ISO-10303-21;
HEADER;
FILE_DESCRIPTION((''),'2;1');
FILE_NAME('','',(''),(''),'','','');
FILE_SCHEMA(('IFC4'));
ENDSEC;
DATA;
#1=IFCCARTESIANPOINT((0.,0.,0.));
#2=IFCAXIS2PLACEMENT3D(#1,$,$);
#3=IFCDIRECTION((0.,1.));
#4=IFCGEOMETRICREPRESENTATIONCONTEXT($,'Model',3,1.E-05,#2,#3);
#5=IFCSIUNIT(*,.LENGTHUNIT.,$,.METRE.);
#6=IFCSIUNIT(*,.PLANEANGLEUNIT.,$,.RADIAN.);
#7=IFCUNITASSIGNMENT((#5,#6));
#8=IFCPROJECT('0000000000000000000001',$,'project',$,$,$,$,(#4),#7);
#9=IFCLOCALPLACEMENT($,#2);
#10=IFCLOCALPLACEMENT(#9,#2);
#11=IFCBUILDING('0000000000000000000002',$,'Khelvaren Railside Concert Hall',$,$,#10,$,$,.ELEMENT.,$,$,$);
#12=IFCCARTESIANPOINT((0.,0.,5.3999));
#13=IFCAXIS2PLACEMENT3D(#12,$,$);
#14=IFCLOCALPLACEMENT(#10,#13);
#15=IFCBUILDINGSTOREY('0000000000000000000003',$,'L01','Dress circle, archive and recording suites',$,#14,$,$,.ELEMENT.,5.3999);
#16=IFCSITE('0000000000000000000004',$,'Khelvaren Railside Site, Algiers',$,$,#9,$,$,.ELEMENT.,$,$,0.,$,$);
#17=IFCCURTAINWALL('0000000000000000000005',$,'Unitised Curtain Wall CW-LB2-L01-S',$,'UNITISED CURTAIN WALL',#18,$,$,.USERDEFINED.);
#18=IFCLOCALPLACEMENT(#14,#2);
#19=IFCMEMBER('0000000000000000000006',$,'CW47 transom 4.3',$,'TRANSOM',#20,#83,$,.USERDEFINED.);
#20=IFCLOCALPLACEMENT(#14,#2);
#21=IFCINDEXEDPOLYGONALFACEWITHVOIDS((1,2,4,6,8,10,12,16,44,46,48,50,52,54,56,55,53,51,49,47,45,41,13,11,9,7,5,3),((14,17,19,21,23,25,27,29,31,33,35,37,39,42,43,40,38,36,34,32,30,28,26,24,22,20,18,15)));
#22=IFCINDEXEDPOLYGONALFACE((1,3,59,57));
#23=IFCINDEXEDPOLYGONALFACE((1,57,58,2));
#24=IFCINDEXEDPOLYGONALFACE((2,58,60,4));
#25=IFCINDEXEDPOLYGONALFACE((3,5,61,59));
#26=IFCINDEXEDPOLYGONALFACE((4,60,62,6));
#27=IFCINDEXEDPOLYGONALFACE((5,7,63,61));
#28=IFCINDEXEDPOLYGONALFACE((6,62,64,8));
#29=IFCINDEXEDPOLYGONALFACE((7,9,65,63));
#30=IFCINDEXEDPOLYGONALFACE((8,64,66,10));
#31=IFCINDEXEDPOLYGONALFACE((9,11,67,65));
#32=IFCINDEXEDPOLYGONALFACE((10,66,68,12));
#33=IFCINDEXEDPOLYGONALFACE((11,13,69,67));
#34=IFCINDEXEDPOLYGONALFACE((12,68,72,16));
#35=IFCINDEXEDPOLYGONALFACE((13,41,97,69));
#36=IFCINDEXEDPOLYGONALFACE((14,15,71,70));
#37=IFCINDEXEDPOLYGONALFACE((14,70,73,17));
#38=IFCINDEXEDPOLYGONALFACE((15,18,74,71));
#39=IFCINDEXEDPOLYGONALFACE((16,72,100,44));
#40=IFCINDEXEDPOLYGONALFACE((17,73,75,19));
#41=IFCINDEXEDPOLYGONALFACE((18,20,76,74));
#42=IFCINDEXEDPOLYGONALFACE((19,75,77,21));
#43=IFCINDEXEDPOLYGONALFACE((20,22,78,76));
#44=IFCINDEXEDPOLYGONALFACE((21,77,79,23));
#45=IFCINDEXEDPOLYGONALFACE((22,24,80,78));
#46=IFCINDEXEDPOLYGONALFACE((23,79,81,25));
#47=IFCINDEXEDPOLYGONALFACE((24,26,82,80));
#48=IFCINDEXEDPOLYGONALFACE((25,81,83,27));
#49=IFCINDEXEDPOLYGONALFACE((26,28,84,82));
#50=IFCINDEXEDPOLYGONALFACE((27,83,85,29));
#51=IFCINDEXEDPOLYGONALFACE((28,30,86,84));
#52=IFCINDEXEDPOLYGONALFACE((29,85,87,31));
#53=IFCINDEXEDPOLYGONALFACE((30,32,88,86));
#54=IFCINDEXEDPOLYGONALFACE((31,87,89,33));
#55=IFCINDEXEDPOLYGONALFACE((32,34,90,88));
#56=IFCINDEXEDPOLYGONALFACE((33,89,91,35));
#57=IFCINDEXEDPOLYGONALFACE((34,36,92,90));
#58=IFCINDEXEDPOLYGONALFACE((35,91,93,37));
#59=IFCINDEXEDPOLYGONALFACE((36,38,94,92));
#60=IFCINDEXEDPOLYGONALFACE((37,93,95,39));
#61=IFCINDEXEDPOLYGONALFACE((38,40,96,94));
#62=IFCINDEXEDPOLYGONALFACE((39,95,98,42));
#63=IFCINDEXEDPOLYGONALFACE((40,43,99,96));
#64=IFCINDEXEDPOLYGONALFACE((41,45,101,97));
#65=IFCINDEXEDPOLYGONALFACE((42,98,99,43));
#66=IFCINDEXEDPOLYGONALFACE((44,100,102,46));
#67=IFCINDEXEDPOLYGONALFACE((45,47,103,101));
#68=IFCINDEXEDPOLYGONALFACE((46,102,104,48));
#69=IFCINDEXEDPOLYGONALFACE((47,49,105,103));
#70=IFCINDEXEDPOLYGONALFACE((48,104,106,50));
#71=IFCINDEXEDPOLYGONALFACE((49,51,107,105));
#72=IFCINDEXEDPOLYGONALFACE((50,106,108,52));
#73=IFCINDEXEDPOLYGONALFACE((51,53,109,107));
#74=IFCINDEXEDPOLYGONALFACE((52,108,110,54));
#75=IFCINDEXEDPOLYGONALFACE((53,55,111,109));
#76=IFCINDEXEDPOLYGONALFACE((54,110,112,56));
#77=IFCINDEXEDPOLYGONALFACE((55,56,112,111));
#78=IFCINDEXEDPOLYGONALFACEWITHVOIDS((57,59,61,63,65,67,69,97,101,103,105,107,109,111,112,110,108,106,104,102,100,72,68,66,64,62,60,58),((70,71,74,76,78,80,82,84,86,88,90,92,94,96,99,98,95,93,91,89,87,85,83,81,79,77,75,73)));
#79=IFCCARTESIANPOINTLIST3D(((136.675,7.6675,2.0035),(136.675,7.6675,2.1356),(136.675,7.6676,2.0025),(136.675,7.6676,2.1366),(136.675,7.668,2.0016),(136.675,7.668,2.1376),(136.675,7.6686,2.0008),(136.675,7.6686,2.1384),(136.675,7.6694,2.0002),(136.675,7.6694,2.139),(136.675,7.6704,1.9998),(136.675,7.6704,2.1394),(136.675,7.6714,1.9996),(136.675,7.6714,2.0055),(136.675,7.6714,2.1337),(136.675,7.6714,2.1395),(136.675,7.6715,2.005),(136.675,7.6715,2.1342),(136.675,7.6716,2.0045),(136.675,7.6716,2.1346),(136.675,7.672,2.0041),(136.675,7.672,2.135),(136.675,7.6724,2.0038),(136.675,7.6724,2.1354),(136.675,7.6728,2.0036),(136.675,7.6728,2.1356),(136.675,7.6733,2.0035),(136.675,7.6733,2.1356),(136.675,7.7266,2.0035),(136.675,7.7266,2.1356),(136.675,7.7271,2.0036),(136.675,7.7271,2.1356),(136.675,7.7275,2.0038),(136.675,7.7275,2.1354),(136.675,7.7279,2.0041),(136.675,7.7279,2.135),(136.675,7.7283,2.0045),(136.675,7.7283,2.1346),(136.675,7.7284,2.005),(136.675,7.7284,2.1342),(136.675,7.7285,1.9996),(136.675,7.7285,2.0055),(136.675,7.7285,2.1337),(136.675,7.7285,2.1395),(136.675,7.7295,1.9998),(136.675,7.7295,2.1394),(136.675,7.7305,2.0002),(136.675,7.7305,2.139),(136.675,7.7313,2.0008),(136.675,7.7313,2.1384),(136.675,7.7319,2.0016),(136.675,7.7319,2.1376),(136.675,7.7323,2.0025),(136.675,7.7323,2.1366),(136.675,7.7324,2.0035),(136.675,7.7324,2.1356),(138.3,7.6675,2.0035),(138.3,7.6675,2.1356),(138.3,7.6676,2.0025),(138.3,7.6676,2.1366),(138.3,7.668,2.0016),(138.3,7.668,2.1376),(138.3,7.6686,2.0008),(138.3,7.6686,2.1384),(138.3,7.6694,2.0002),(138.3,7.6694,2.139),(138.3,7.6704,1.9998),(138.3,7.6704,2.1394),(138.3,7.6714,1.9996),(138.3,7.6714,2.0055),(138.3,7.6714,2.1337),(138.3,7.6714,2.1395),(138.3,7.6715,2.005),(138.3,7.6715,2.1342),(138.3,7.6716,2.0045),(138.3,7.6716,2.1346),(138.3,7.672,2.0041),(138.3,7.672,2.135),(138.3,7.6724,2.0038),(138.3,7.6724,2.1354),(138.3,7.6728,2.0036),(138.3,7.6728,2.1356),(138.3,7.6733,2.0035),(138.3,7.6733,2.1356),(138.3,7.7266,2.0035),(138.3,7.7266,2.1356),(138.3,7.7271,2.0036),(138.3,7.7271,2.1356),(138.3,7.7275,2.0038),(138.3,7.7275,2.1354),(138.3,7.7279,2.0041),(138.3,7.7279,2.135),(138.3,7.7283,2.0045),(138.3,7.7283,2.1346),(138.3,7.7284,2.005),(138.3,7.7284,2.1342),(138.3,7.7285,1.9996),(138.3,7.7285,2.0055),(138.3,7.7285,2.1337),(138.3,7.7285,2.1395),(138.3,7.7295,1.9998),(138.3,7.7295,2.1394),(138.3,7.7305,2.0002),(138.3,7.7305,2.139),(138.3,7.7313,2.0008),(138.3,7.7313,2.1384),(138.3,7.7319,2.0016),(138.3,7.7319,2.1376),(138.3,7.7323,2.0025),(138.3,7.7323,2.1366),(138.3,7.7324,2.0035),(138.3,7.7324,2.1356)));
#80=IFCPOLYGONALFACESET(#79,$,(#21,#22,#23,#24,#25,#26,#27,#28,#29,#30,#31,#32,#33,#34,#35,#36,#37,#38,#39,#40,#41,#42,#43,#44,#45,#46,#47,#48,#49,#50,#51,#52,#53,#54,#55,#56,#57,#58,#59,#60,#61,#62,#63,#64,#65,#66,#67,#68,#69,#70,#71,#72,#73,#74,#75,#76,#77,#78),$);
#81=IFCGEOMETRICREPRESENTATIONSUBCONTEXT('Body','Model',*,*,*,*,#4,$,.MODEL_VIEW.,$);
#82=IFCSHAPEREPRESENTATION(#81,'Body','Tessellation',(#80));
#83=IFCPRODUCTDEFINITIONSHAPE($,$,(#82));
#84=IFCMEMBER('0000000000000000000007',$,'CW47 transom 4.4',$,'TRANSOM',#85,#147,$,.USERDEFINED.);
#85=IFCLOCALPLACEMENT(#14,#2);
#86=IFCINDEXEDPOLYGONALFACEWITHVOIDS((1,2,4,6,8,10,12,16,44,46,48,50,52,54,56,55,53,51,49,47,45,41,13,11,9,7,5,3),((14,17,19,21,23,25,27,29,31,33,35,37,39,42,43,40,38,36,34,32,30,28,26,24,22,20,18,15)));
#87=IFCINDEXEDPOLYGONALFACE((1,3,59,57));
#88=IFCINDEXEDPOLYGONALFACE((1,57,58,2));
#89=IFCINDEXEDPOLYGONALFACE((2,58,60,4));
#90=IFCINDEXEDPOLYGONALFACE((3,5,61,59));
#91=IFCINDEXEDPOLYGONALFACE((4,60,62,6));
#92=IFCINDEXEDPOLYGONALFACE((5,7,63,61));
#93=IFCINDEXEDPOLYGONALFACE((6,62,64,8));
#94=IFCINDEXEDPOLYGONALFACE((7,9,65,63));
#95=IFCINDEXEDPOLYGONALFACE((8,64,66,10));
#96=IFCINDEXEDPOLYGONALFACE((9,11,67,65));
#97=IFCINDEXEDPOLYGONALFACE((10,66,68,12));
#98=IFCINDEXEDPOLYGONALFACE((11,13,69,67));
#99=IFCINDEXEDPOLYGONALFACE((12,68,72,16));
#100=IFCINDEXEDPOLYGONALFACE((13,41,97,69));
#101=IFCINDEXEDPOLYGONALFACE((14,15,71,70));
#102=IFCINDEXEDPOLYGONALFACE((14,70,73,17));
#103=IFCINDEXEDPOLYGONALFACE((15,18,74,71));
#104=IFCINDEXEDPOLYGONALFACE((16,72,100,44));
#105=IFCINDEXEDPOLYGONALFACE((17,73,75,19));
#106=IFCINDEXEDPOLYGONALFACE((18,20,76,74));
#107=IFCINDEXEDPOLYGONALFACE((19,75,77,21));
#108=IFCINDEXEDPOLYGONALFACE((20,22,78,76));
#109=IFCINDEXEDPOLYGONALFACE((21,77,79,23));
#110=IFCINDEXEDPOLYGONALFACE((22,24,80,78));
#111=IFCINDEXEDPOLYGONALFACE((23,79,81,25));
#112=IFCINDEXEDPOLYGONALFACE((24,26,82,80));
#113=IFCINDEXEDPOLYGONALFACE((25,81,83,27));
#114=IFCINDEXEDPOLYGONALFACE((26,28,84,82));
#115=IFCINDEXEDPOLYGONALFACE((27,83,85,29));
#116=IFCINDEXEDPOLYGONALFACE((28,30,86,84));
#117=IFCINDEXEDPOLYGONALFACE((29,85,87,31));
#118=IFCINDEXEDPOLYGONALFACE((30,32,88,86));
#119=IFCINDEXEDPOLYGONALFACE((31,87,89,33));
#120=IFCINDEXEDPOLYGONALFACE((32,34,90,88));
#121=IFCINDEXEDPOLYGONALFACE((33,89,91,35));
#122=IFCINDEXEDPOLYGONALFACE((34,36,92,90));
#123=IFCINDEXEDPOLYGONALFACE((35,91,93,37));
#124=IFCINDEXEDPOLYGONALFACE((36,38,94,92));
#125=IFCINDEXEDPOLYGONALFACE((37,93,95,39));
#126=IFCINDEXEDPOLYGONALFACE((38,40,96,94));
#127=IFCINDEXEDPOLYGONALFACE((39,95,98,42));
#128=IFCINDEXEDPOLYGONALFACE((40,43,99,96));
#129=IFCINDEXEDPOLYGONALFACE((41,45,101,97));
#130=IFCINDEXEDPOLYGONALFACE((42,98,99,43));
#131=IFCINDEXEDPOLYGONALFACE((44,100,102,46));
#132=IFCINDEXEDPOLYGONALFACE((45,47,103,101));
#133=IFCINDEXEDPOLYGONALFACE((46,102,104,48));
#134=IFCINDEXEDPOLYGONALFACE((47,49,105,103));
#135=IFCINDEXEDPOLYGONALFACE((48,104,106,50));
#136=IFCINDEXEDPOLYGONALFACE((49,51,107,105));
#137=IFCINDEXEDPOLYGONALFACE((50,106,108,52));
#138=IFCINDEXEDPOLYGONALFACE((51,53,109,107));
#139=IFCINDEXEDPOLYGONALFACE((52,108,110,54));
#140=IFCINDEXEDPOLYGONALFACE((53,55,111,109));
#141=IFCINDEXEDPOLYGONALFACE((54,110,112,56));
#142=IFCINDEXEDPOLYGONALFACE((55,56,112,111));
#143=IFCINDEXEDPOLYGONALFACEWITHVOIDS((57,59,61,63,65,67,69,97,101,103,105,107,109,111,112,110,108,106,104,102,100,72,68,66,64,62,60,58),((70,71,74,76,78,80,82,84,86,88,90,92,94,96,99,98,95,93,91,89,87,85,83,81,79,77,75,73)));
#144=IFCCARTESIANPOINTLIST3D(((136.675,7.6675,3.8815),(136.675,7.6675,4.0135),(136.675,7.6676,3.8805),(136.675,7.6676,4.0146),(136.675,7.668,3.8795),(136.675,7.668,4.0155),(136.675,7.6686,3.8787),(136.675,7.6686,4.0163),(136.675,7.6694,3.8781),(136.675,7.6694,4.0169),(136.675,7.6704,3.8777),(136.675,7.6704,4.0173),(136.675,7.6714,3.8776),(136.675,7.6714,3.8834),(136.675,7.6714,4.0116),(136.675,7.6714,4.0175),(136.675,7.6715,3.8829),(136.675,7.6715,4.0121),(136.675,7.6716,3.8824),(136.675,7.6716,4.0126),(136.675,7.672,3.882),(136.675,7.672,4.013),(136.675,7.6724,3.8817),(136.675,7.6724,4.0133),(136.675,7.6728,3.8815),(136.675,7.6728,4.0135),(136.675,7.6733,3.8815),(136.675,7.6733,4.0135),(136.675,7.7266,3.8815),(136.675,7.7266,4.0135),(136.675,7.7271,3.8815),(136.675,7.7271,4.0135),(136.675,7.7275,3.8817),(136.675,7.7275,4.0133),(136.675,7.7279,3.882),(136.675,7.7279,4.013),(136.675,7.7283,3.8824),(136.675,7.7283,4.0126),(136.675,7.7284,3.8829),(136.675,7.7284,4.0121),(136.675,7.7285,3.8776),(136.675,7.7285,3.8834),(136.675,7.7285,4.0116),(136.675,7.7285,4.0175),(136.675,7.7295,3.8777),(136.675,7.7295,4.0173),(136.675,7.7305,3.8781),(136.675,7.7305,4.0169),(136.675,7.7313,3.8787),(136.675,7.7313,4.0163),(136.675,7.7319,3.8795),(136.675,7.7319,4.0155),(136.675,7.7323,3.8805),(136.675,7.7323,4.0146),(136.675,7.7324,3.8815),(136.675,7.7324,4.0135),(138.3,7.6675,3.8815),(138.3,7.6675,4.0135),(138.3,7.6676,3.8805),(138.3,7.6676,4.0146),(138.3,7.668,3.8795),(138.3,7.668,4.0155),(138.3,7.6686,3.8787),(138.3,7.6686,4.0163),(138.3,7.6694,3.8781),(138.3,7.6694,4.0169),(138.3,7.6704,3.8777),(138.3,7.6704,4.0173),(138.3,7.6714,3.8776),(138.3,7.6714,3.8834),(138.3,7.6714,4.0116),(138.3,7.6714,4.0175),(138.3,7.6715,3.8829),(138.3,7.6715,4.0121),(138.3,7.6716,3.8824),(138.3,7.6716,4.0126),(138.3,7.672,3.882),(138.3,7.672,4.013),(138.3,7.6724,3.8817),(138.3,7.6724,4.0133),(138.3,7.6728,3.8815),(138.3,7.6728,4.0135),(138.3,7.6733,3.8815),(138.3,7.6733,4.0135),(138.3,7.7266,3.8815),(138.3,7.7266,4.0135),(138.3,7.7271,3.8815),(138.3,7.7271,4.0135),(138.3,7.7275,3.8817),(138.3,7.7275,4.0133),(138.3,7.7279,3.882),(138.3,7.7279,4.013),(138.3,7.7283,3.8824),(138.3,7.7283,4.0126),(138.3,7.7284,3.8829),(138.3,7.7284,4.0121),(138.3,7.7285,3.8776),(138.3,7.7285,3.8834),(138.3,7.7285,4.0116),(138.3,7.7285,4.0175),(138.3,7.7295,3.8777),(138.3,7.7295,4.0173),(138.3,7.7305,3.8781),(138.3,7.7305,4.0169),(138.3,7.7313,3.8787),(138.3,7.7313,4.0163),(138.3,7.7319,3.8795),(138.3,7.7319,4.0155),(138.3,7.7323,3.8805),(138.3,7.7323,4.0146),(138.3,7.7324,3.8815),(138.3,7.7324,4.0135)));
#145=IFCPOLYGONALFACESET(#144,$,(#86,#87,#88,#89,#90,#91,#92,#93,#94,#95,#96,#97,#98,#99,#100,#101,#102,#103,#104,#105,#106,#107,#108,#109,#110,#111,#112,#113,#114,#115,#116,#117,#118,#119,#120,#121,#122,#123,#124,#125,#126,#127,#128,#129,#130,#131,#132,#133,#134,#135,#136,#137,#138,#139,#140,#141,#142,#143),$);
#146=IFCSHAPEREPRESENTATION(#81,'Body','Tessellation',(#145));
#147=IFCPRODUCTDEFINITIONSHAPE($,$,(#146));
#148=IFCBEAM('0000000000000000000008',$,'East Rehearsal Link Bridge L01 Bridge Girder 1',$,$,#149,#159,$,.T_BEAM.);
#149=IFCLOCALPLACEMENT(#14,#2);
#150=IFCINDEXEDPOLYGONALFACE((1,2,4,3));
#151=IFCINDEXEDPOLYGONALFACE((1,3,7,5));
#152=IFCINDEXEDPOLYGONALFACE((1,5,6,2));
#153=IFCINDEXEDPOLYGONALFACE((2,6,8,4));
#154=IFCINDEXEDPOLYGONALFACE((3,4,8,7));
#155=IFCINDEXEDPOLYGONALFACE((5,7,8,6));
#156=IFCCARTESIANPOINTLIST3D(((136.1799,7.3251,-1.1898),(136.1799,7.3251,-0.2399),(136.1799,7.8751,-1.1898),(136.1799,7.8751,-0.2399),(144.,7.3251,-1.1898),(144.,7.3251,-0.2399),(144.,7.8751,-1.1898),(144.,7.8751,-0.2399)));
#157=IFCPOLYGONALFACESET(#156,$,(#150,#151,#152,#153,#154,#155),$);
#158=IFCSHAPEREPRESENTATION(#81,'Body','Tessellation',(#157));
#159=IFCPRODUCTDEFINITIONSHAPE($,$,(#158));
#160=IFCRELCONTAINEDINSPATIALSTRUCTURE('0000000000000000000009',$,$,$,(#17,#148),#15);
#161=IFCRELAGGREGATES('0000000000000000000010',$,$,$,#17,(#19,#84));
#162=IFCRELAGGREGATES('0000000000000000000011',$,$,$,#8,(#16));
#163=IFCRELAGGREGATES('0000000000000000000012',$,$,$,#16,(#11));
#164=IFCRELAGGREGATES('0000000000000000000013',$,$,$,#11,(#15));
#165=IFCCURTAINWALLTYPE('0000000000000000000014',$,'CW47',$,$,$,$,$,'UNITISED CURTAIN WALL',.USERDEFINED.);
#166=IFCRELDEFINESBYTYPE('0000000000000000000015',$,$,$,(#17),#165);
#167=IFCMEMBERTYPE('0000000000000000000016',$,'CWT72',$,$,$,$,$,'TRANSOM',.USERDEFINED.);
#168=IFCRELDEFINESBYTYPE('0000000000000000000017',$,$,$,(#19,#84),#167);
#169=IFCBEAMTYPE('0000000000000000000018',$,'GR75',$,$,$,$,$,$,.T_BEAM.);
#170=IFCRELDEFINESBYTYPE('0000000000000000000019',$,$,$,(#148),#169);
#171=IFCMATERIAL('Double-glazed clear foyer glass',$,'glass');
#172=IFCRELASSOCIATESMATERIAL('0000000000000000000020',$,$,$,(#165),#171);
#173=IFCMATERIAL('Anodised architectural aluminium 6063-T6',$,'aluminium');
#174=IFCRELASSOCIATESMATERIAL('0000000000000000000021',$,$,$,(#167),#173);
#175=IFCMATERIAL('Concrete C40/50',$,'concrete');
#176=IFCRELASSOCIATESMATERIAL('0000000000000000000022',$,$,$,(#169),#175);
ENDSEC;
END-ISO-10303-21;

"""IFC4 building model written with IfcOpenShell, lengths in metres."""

from ifc_helpers import new_model, si_unit, direction, frame, origin, origin_2d, place, context, subcontext, project, spatial, rectangle, hollow_rectangle, extrude, material, material_profile, profile_set, type_object, element, aggregate, save


model = new_model("IFC4")

# Units and contexts
model_context = context("Model", 3, precision=1e-05, world=origin(), true_north=direction((0.0, 1.0)))
body_context = subcontext(model_context, "Body", "Model", "MODEL_VIEW")
ifc_project = project(units=[si_unit("LENGTHUNIT", "METRE"), si_unit("PLANEANGLEUNIT", "RADIAN")], contexts=[model_context])

# Site, building, storey
site_placement = place(None, origin())
site = spatial("IfcSite", under=ifc_project, at=site_placement, Name="Khelvaren Railside Site, Algiers", CompositionType="ELEMENT", RefElevation=0.0)
building_placement = place(site_placement, origin())
building = spatial("IfcBuilding", under=site, at=building_placement, Name="Khelvaren Railside Concert Hall", CompositionType="ELEMENT")
storey_placement = place(building_placement, frame((0.0, 0.0, 5.3999)))
storey = spatial("IfcBuildingStorey", under=building, at=storey_placement, Name="L01", Description="Dress circle, archive and recording suites", CompositionType="ELEMENT", Elevation=5.3999)

# Curtain wall
ifc_material_1 = material(Name="Double-glazed clear foyer glass", Category="glass")
curtain_wall_type_1 = type_object("IfcCurtainWallType", Name="CW47", ElementType="UNITISED CURTAIN WALL", PredefinedType="USERDEFINED", material=ifc_material_1)
curtain_wall_1_placement = place(storey_placement, origin())
curtain_wall_1 = element("IfcCurtainWall", 1, at=curtain_wall_1_placement, inside=storey, type_object=curtain_wall_type_1, Name="Unitised Curtain Wall CW-LB2-L01-S", ObjectType="UNITISED CURTAIN WALL", PredefinedType="USERDEFINED")
ifc_material_2 = material(Name="Anodised architectural aluminium 6063-T6", Category="aluminium")

# Members
ifc_material_profile_1 = material_profile(ifc_material_2, hollow_rectangle(XDim=0.0649, YDim=0.1399, WallThickness=0.0039, InnerFilletRadius=0.002, OuterFilletRadius=0.0039, at=origin_2d()), Name="CWT 65x140x4")
ifc_profile_set_1 = profile_set([ifc_material_profile_1], Name="Anodised architectural aluminium 6063-T6")
member_type_1 = type_object("IfcMemberType", Name="CWT72", ElementType="TRANSOM", PredefinedType="USERDEFINED", material=ifc_profile_set_1)
member_1_placement = place(storey_placement, frame((138.3, 7.7, 2.0696), z_axis=(-1.0, 0.0, 0.0), x_axis=(0.0, -1.0, 0.0)))
member_1 = element("IfcMember", 2, at=member_1_placement, type_object=member_type_1, Name="CW47 transom 4.3", ObjectType="TRANSOM", PredefinedType="USERDEFINED", context=body_context, shape_type="SweptSolid", body=[
    extrude(hollow_rectangle(XDim=0.0649, YDim=0.1399, WallThickness=0.0039, InnerFilletRadius=0.002, OuterFilletRadius=0.0039, at=origin_2d()), origin(), (0.0, 0.0, 1.0), 1.625),
])
member_2_placement = place(storey_placement, frame((138.3, 7.7, 3.9475), z_axis=(-1.0, 0.0, 0.0), x_axis=(0.0, -1.0, 0.0)))
member_2 = element("IfcMember", 3, at=member_2_placement, type_object=member_type_1, Name="CW47 transom 4.4", ObjectType="TRANSOM", PredefinedType="USERDEFINED", context=body_context, shape_type="SweptSolid", body=[
    extrude(hollow_rectangle(XDim=0.0649, YDim=0.1399, WallThickness=0.0039, InnerFilletRadius=0.002, OuterFilletRadius=0.0039, at=origin_2d()), origin(), (0.0, 0.0, 1.0), 1.625),
])

# Beam
ifc_material_3 = material(Name="Concrete C40/50", Category="concrete")
ifc_material_profile_2 = material_profile(ifc_material_3, rectangle(XDim=0.55, YDim=0.95, at=origin_2d()), Name="RCB 550x950")
ifc_profile_set_2 = profile_set([ifc_material_profile_2], Name="Concrete C40/50")
beam_type_1 = type_object("IfcBeamType", Name="GR75", PredefinedType="T_BEAM", material=ifc_profile_set_2)
beam_1_placement = place(storey_placement, frame((136.1799, 7.6001, -0.7148), z_axis=(1.0, 0.0, 0.0), x_axis=(0.0, 1.0, 0.0)))
element("IfcBeam", 4, at=beam_1_placement, inside=storey, type_object=beam_type_1, Name="East Rehearsal Link Bridge L01 Bridge Girder 1", PredefinedType="T_BEAM", context=body_context, shape_type="SweptSolid", body=[
    extrude(rectangle(XDim=0.55, YDim=0.95, at=origin_2d()), origin(), (0.0, 0.0, 1.0), 7.8201),
])

aggregate(curtain_wall_1, [member_1, member_2])

save(model, "model.ifc")
